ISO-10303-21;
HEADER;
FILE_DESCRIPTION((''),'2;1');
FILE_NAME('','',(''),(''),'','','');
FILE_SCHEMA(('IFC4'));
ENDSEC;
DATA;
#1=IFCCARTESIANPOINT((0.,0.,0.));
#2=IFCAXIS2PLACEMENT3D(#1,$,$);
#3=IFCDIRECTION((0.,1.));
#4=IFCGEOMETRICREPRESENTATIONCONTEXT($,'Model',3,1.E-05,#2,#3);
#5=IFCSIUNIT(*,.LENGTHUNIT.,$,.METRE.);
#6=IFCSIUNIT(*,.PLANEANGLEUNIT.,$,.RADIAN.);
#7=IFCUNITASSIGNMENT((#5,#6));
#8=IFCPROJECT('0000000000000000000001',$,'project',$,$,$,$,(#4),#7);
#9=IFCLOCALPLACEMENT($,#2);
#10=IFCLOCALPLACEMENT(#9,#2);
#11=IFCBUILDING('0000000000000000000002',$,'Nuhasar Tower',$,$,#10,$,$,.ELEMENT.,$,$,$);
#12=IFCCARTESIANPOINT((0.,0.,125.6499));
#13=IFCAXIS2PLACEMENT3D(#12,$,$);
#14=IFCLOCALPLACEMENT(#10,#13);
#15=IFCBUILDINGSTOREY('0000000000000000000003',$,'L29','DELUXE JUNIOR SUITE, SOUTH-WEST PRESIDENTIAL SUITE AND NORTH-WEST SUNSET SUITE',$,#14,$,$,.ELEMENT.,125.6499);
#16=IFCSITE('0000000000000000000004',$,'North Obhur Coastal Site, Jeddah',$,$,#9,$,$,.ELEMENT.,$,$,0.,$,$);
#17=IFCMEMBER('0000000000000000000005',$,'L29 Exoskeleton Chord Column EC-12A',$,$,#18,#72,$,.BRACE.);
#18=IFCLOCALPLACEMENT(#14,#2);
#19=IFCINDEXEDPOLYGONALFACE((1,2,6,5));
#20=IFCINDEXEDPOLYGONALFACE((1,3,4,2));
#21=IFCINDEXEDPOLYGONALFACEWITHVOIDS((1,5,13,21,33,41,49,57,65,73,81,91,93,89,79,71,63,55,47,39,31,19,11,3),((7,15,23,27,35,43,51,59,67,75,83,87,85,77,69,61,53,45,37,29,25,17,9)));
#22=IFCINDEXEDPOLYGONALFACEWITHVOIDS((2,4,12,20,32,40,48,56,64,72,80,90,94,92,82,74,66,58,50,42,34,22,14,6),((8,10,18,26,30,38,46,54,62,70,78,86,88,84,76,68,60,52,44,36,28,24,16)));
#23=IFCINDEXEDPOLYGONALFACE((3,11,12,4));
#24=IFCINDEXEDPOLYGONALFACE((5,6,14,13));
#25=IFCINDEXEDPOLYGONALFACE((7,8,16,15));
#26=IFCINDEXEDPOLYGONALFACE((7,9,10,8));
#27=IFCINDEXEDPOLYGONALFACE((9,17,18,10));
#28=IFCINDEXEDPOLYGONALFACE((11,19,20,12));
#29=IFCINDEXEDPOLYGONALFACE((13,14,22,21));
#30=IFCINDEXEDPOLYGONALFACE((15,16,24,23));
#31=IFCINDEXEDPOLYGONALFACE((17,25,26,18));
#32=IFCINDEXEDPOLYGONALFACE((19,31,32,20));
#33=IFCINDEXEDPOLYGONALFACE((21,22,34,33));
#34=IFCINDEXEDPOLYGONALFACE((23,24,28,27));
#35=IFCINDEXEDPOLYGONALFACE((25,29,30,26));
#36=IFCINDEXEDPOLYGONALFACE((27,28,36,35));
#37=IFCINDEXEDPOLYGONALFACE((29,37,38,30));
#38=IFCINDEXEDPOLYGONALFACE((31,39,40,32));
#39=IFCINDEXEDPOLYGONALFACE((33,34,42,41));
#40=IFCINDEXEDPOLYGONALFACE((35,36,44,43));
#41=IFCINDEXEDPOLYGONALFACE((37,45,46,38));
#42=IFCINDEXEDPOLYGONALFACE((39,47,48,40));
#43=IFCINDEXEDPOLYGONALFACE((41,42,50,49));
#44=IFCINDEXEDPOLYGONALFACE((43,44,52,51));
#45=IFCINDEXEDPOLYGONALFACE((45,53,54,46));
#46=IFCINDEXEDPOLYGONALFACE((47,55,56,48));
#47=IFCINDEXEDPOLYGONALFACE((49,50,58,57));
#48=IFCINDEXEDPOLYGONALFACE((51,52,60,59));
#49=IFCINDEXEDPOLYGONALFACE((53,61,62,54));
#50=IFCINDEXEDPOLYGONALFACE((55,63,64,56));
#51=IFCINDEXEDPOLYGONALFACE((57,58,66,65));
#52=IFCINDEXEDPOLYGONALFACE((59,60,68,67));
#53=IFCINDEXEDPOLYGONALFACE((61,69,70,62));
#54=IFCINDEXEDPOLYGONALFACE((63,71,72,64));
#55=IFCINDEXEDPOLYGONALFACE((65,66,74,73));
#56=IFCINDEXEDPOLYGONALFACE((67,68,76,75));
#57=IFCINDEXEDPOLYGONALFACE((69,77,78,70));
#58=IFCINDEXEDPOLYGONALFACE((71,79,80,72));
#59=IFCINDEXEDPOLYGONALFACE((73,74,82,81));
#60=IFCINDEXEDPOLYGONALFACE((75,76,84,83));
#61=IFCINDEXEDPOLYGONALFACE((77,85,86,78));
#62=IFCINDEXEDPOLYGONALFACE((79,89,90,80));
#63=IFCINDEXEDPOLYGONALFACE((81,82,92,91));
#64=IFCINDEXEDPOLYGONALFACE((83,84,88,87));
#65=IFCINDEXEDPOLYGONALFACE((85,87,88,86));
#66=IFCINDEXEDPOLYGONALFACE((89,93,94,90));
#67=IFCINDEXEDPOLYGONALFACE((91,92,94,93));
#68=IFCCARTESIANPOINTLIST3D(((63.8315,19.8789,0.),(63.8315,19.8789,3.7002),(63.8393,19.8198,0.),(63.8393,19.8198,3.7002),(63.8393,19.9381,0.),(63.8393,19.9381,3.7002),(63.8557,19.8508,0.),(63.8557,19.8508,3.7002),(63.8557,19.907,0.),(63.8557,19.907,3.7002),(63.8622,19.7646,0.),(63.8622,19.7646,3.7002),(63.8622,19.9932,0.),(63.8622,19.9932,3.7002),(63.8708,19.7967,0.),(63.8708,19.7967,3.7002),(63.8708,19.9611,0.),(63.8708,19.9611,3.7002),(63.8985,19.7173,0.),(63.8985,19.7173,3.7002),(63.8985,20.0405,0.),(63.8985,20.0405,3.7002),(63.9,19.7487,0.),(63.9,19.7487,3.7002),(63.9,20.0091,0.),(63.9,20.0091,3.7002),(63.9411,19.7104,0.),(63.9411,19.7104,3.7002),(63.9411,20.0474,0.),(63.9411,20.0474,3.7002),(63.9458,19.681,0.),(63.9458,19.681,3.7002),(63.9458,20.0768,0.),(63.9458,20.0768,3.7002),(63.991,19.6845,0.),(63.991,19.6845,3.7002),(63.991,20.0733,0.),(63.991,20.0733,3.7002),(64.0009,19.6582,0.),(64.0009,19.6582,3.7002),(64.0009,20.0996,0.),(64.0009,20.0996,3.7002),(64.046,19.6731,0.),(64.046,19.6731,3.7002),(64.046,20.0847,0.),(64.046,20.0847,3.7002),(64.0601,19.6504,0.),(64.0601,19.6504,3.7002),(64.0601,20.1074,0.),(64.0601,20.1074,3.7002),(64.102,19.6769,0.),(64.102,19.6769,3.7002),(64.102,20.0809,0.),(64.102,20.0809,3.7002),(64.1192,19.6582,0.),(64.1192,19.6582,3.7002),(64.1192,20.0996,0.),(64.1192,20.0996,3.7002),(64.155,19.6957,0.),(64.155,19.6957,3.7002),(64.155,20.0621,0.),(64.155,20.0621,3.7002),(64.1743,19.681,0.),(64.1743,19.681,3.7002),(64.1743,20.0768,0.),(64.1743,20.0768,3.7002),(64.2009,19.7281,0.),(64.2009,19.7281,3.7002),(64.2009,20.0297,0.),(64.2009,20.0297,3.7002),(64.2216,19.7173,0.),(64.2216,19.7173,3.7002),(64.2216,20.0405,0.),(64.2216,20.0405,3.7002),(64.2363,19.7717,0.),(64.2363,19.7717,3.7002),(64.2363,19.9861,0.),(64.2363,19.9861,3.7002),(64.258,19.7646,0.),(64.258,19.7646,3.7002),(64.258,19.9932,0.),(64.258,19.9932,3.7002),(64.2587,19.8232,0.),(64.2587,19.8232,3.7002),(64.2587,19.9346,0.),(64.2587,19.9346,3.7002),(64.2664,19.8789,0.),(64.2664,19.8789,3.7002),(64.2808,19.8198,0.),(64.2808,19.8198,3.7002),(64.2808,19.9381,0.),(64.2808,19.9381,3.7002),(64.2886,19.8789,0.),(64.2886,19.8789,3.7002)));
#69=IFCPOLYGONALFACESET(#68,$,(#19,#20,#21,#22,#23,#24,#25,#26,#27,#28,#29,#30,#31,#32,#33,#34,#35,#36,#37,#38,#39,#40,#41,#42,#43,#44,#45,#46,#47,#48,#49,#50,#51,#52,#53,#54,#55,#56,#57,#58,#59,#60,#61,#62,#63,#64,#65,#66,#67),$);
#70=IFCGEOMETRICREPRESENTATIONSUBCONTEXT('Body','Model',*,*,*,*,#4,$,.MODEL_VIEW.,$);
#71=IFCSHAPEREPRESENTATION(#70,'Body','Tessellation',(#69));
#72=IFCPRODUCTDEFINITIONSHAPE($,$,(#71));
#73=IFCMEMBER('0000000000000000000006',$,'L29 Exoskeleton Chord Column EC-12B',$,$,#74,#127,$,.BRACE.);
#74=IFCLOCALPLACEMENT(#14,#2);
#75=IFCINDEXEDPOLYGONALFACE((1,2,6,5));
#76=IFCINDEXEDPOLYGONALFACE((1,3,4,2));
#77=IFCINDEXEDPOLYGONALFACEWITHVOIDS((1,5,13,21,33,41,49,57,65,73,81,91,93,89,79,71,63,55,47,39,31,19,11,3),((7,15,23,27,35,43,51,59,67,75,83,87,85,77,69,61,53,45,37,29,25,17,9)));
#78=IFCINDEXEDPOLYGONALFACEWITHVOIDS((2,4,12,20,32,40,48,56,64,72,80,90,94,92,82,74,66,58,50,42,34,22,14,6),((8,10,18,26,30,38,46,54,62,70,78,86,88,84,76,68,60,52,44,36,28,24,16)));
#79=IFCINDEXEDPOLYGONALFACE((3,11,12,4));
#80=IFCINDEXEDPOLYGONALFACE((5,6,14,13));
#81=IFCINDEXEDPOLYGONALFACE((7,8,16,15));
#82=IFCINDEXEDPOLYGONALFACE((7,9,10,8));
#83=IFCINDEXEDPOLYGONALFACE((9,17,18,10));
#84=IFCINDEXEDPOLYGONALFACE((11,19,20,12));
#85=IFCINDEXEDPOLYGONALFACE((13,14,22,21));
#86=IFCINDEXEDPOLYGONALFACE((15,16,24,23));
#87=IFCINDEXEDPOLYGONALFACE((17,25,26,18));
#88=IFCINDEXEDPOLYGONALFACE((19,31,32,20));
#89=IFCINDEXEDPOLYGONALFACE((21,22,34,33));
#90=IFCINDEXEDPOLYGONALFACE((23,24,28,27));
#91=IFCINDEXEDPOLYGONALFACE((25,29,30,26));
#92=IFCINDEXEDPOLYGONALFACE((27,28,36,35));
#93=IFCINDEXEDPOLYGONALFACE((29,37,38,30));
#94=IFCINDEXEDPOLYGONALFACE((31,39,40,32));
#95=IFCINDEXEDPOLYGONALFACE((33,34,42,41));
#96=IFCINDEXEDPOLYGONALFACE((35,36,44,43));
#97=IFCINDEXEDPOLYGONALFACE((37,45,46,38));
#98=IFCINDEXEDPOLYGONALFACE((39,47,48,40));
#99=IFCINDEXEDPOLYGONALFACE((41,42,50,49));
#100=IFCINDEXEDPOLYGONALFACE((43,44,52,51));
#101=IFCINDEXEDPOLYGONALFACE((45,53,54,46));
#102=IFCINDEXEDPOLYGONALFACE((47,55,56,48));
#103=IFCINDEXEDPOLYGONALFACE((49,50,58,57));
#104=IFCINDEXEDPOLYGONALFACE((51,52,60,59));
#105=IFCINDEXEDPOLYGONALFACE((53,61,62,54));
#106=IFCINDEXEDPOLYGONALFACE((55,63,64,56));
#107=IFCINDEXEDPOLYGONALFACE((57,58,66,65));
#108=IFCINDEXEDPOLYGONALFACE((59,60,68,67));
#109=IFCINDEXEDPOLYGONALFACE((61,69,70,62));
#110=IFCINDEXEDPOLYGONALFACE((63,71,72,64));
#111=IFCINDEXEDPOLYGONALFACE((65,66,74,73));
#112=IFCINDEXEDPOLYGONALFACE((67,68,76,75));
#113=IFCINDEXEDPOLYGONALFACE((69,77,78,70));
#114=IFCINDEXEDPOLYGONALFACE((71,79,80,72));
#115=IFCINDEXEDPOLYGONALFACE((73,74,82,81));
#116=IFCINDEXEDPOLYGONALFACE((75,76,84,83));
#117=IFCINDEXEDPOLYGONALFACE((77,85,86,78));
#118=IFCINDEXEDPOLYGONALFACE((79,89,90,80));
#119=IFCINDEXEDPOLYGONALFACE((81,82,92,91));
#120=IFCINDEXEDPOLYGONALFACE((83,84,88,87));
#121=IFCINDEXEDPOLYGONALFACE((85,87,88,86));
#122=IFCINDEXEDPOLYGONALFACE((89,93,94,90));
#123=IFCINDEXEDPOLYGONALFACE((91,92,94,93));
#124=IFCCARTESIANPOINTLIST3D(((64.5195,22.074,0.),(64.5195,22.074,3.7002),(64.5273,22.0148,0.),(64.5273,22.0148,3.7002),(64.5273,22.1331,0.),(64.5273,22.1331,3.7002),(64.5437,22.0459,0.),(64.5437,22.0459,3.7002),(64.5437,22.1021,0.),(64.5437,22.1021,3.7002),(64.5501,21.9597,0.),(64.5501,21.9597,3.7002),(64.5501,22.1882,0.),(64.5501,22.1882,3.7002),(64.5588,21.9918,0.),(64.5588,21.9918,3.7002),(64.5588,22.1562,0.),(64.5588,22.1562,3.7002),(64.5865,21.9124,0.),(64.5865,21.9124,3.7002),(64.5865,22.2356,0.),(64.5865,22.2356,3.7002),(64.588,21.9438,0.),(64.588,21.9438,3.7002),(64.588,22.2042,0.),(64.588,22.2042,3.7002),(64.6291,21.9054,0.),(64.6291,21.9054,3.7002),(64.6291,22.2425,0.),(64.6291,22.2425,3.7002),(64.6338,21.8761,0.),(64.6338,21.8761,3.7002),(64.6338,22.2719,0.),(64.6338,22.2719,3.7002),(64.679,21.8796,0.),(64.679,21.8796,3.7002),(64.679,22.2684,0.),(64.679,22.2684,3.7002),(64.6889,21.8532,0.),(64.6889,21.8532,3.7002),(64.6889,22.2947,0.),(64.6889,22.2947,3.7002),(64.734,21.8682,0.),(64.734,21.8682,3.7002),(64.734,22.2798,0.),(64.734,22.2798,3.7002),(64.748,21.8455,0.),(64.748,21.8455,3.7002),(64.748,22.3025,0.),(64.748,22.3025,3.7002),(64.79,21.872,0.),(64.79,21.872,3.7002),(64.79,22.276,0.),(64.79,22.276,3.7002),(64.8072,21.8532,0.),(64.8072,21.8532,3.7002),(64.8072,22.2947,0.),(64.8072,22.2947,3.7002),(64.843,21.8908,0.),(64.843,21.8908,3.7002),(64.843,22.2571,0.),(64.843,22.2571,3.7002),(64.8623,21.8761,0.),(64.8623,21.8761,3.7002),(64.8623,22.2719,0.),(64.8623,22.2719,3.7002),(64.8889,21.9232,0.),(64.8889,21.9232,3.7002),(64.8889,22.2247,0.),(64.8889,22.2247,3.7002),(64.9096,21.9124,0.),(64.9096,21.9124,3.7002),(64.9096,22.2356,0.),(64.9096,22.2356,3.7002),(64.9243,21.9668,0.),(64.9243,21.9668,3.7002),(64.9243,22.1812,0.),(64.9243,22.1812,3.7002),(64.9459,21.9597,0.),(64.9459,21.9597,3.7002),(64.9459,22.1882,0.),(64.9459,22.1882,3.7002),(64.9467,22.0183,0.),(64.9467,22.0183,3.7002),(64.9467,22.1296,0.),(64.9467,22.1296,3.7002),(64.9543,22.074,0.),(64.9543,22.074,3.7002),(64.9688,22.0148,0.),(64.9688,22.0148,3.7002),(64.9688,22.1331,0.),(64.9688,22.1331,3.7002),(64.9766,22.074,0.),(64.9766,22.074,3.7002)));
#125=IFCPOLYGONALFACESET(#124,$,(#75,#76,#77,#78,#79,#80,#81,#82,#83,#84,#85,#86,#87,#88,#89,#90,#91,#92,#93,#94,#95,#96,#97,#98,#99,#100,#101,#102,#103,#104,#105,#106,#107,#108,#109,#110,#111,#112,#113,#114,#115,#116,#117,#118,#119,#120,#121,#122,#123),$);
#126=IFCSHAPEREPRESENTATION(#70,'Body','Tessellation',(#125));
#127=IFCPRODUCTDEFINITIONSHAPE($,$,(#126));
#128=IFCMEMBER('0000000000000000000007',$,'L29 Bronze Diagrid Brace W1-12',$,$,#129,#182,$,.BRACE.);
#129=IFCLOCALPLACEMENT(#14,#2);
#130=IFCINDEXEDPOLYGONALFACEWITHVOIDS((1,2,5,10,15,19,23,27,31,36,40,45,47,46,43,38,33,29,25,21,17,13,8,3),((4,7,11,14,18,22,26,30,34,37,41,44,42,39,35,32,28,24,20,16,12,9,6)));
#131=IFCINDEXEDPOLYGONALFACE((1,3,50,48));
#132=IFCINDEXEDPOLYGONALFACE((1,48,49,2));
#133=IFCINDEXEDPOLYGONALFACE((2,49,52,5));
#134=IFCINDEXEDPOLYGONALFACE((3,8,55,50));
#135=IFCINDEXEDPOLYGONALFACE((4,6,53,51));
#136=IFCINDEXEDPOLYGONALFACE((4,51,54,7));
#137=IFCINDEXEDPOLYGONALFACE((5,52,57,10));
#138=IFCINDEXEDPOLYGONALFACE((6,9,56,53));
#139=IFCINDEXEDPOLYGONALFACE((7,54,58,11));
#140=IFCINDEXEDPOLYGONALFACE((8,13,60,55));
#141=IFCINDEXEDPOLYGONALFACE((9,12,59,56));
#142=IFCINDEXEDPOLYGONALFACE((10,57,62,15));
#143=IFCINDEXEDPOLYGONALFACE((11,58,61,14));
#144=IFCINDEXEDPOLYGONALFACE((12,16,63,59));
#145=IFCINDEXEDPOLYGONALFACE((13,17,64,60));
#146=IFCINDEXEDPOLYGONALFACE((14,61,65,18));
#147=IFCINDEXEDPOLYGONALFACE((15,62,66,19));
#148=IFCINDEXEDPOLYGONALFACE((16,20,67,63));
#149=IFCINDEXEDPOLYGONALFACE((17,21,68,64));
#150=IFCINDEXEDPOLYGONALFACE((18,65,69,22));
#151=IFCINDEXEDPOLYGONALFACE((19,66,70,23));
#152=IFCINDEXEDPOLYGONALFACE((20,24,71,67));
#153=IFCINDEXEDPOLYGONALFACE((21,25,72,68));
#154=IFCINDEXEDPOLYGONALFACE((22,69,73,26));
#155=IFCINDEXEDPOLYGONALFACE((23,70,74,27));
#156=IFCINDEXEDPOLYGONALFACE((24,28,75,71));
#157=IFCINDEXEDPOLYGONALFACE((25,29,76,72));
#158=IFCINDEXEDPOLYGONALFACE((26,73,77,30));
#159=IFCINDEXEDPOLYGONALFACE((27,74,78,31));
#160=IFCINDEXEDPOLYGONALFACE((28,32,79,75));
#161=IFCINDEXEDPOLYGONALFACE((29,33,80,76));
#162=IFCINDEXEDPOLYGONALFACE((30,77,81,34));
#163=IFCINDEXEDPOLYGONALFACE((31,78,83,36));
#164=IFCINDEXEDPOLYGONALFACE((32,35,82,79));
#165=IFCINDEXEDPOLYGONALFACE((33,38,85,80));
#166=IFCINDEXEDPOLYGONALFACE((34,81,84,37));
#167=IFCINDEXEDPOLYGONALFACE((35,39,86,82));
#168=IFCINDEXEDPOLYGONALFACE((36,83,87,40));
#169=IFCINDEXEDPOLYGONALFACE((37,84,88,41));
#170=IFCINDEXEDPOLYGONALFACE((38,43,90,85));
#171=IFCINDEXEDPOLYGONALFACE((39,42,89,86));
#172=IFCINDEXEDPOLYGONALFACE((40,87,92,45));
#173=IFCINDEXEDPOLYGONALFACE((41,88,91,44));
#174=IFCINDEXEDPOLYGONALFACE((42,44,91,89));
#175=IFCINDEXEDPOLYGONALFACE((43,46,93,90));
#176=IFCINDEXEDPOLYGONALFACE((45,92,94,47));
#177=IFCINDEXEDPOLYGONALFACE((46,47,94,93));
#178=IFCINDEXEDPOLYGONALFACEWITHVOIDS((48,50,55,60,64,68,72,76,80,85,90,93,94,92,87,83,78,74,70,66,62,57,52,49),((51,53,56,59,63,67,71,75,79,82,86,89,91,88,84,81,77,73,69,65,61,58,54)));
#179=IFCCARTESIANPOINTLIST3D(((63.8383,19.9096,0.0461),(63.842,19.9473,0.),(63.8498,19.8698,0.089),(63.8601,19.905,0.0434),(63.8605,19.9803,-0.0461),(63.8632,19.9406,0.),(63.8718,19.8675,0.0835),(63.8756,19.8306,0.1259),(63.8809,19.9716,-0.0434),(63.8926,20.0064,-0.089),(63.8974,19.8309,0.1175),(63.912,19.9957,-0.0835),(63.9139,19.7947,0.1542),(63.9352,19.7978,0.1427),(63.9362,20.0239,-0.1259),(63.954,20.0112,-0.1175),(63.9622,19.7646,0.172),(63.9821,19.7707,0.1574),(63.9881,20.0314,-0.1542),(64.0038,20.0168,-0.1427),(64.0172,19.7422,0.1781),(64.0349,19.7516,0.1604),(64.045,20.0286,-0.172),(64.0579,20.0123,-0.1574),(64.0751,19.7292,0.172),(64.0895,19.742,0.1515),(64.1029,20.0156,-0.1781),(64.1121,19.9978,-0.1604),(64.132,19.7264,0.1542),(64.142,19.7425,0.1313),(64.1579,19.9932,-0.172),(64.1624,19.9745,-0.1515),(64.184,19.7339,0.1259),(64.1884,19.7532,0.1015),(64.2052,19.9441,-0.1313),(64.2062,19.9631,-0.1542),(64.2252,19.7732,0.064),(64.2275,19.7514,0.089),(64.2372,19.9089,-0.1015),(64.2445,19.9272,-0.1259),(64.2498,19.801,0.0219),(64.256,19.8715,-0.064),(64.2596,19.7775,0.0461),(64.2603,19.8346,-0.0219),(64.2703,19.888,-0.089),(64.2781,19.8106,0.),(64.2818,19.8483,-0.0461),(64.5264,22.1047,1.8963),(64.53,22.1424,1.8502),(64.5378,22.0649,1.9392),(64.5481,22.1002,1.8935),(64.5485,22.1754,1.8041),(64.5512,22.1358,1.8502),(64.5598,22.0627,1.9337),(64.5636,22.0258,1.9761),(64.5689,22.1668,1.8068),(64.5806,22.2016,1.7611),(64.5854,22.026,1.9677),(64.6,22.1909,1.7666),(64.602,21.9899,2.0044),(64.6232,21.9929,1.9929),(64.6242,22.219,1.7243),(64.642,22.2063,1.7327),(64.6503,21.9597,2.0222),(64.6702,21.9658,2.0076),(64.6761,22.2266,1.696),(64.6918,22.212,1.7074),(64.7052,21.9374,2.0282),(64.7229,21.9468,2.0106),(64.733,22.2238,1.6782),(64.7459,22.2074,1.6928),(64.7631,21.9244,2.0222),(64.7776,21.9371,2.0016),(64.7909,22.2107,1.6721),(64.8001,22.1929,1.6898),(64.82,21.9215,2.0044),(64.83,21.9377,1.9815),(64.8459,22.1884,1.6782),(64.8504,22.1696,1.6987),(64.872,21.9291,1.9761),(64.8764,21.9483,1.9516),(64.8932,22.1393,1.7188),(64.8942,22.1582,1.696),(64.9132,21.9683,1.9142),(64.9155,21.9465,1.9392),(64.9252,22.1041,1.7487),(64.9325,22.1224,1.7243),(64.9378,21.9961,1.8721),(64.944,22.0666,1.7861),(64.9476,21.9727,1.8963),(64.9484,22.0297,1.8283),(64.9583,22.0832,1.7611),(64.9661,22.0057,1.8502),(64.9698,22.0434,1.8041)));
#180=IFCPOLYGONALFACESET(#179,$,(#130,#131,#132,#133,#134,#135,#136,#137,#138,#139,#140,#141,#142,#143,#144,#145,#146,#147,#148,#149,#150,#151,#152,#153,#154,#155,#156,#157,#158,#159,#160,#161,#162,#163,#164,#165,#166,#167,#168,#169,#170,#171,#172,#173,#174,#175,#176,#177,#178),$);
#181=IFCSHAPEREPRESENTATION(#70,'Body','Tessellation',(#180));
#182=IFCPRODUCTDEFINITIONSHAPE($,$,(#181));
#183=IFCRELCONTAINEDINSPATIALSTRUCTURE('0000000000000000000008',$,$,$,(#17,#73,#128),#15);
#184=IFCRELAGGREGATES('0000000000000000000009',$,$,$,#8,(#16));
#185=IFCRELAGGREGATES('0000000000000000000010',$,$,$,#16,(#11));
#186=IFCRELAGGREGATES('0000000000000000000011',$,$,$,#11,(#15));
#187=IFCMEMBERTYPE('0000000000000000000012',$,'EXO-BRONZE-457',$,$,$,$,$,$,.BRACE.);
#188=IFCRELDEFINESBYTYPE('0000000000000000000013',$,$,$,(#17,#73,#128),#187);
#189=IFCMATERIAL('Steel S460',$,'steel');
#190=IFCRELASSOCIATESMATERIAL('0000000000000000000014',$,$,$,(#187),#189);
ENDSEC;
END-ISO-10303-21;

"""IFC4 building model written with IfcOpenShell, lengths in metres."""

from ifc_helpers import new_model, si_unit, direction, frame, origin, origin_2d, place, context, subcontext, project, spatial, hollow_circle, extrude, material, material_profile, profile_set, type_object, element, save


model = new_model("IFC4")

# Units and contexts
model_context = context("Model", 3, precision=1e-05, world=origin(), true_north=direction((0.0, 1.0)))
body_context = subcontext(model_context, "Body", "Model", "MODEL_VIEW")
ifc_project = project(units=[si_unit("LENGTHUNIT", "METRE"), si_unit("PLANEANGLEUNIT", "RADIAN")], contexts=[model_context])

# Site, building, storey
site_placement = place(None, origin())
site = spatial("IfcSite", under=ifc_project, at=site_placement, Name="North Obhur Coastal Site, Jeddah", CompositionType="ELEMENT", RefElevation=0.0)
building_placement = place(site_placement, origin())
building = spatial("IfcBuilding", under=site, at=building_placement, Name="Nuhasar Tower", CompositionType="ELEMENT")
storey_placement = place(building_placement, frame((0.0, 0.0, 125.6499)))
storey = spatial("IfcBuildingStorey", under=building, at=storey_placement, Name="L29", Description="DELUXE JUNIOR SUITE, SOUTH-WEST PRESIDENTIAL SUITE AND NORTH-WEST SUNSET SUITE", CompositionType="ELEMENT", Elevation=125.6499)

# Members
ifc_material_1 = material(Name="Steel S460", Category="steel")
ifc_material_profile_1 = material_profile(ifc_material_1, hollow_circle(Radius=0.2285, WallThickness=0.0222, at=origin_2d()), Name="HSS457X22.2")
ifc_profile_set_1 = profile_set([ifc_material_profile_1], Name="Steel S460")
member_type = type_object("IfcMemberType", Name="EXO-BRONZE-457", PredefinedType="BRACE", material=ifc_profile_set_1)
for number, where, z_axis, x_axis, name in (
    (1, (64.0601, 19.8789, 0.0), (0.0, 0.0, 1.0), (1.0, 0.0, 0.0), "L29 Exoskeleton Chord Column EC-12A"),
    (2, (64.748, 22.074, 0.0), (0.0, 0.0, 1.0), (1.0, 0.0, 0.0), "L29 Exoskeleton Chord Column EC-12B"),
):
    element("IfcMember", number, at=place(storey_placement, frame(where, z_axis=z_axis, x_axis=x_axis)), inside=storey, type_object=member_type, Name=name, PredefinedType="BRACE", context=body_context, shape_type="SweptSolid", body=[
        extrude(hollow_circle(Radius=0.2285, WallThickness=0.0222, at=origin_2d()), origin(), (0.0, 0.0, 1.0), 3.7002),
    ])
for number, where, z_axis, x_axis, name in (
    (3, (64.0601, 19.8789, 0.0), (0.233056, 0.743578, 0.626719), (-0.954228, 0.299079, 0.0), "L29 Bronze Diagrid Brace W1-12"),
):
    element("IfcMember", number, at=place(storey_placement, frame(where, z_axis=z_axis, x_axis=x_axis)), inside=storey, type_object=member_type, Name=name, PredefinedType="BRACE", context=body_context, shape_type="SweptSolid", body=[
        extrude(hollow_circle(Radius=0.2285, WallThickness=0.0222, at=origin_2d()), origin(), (0.0, 0.0, 1.0), 2.9521),
    ])

save(model, "model.ifc")
